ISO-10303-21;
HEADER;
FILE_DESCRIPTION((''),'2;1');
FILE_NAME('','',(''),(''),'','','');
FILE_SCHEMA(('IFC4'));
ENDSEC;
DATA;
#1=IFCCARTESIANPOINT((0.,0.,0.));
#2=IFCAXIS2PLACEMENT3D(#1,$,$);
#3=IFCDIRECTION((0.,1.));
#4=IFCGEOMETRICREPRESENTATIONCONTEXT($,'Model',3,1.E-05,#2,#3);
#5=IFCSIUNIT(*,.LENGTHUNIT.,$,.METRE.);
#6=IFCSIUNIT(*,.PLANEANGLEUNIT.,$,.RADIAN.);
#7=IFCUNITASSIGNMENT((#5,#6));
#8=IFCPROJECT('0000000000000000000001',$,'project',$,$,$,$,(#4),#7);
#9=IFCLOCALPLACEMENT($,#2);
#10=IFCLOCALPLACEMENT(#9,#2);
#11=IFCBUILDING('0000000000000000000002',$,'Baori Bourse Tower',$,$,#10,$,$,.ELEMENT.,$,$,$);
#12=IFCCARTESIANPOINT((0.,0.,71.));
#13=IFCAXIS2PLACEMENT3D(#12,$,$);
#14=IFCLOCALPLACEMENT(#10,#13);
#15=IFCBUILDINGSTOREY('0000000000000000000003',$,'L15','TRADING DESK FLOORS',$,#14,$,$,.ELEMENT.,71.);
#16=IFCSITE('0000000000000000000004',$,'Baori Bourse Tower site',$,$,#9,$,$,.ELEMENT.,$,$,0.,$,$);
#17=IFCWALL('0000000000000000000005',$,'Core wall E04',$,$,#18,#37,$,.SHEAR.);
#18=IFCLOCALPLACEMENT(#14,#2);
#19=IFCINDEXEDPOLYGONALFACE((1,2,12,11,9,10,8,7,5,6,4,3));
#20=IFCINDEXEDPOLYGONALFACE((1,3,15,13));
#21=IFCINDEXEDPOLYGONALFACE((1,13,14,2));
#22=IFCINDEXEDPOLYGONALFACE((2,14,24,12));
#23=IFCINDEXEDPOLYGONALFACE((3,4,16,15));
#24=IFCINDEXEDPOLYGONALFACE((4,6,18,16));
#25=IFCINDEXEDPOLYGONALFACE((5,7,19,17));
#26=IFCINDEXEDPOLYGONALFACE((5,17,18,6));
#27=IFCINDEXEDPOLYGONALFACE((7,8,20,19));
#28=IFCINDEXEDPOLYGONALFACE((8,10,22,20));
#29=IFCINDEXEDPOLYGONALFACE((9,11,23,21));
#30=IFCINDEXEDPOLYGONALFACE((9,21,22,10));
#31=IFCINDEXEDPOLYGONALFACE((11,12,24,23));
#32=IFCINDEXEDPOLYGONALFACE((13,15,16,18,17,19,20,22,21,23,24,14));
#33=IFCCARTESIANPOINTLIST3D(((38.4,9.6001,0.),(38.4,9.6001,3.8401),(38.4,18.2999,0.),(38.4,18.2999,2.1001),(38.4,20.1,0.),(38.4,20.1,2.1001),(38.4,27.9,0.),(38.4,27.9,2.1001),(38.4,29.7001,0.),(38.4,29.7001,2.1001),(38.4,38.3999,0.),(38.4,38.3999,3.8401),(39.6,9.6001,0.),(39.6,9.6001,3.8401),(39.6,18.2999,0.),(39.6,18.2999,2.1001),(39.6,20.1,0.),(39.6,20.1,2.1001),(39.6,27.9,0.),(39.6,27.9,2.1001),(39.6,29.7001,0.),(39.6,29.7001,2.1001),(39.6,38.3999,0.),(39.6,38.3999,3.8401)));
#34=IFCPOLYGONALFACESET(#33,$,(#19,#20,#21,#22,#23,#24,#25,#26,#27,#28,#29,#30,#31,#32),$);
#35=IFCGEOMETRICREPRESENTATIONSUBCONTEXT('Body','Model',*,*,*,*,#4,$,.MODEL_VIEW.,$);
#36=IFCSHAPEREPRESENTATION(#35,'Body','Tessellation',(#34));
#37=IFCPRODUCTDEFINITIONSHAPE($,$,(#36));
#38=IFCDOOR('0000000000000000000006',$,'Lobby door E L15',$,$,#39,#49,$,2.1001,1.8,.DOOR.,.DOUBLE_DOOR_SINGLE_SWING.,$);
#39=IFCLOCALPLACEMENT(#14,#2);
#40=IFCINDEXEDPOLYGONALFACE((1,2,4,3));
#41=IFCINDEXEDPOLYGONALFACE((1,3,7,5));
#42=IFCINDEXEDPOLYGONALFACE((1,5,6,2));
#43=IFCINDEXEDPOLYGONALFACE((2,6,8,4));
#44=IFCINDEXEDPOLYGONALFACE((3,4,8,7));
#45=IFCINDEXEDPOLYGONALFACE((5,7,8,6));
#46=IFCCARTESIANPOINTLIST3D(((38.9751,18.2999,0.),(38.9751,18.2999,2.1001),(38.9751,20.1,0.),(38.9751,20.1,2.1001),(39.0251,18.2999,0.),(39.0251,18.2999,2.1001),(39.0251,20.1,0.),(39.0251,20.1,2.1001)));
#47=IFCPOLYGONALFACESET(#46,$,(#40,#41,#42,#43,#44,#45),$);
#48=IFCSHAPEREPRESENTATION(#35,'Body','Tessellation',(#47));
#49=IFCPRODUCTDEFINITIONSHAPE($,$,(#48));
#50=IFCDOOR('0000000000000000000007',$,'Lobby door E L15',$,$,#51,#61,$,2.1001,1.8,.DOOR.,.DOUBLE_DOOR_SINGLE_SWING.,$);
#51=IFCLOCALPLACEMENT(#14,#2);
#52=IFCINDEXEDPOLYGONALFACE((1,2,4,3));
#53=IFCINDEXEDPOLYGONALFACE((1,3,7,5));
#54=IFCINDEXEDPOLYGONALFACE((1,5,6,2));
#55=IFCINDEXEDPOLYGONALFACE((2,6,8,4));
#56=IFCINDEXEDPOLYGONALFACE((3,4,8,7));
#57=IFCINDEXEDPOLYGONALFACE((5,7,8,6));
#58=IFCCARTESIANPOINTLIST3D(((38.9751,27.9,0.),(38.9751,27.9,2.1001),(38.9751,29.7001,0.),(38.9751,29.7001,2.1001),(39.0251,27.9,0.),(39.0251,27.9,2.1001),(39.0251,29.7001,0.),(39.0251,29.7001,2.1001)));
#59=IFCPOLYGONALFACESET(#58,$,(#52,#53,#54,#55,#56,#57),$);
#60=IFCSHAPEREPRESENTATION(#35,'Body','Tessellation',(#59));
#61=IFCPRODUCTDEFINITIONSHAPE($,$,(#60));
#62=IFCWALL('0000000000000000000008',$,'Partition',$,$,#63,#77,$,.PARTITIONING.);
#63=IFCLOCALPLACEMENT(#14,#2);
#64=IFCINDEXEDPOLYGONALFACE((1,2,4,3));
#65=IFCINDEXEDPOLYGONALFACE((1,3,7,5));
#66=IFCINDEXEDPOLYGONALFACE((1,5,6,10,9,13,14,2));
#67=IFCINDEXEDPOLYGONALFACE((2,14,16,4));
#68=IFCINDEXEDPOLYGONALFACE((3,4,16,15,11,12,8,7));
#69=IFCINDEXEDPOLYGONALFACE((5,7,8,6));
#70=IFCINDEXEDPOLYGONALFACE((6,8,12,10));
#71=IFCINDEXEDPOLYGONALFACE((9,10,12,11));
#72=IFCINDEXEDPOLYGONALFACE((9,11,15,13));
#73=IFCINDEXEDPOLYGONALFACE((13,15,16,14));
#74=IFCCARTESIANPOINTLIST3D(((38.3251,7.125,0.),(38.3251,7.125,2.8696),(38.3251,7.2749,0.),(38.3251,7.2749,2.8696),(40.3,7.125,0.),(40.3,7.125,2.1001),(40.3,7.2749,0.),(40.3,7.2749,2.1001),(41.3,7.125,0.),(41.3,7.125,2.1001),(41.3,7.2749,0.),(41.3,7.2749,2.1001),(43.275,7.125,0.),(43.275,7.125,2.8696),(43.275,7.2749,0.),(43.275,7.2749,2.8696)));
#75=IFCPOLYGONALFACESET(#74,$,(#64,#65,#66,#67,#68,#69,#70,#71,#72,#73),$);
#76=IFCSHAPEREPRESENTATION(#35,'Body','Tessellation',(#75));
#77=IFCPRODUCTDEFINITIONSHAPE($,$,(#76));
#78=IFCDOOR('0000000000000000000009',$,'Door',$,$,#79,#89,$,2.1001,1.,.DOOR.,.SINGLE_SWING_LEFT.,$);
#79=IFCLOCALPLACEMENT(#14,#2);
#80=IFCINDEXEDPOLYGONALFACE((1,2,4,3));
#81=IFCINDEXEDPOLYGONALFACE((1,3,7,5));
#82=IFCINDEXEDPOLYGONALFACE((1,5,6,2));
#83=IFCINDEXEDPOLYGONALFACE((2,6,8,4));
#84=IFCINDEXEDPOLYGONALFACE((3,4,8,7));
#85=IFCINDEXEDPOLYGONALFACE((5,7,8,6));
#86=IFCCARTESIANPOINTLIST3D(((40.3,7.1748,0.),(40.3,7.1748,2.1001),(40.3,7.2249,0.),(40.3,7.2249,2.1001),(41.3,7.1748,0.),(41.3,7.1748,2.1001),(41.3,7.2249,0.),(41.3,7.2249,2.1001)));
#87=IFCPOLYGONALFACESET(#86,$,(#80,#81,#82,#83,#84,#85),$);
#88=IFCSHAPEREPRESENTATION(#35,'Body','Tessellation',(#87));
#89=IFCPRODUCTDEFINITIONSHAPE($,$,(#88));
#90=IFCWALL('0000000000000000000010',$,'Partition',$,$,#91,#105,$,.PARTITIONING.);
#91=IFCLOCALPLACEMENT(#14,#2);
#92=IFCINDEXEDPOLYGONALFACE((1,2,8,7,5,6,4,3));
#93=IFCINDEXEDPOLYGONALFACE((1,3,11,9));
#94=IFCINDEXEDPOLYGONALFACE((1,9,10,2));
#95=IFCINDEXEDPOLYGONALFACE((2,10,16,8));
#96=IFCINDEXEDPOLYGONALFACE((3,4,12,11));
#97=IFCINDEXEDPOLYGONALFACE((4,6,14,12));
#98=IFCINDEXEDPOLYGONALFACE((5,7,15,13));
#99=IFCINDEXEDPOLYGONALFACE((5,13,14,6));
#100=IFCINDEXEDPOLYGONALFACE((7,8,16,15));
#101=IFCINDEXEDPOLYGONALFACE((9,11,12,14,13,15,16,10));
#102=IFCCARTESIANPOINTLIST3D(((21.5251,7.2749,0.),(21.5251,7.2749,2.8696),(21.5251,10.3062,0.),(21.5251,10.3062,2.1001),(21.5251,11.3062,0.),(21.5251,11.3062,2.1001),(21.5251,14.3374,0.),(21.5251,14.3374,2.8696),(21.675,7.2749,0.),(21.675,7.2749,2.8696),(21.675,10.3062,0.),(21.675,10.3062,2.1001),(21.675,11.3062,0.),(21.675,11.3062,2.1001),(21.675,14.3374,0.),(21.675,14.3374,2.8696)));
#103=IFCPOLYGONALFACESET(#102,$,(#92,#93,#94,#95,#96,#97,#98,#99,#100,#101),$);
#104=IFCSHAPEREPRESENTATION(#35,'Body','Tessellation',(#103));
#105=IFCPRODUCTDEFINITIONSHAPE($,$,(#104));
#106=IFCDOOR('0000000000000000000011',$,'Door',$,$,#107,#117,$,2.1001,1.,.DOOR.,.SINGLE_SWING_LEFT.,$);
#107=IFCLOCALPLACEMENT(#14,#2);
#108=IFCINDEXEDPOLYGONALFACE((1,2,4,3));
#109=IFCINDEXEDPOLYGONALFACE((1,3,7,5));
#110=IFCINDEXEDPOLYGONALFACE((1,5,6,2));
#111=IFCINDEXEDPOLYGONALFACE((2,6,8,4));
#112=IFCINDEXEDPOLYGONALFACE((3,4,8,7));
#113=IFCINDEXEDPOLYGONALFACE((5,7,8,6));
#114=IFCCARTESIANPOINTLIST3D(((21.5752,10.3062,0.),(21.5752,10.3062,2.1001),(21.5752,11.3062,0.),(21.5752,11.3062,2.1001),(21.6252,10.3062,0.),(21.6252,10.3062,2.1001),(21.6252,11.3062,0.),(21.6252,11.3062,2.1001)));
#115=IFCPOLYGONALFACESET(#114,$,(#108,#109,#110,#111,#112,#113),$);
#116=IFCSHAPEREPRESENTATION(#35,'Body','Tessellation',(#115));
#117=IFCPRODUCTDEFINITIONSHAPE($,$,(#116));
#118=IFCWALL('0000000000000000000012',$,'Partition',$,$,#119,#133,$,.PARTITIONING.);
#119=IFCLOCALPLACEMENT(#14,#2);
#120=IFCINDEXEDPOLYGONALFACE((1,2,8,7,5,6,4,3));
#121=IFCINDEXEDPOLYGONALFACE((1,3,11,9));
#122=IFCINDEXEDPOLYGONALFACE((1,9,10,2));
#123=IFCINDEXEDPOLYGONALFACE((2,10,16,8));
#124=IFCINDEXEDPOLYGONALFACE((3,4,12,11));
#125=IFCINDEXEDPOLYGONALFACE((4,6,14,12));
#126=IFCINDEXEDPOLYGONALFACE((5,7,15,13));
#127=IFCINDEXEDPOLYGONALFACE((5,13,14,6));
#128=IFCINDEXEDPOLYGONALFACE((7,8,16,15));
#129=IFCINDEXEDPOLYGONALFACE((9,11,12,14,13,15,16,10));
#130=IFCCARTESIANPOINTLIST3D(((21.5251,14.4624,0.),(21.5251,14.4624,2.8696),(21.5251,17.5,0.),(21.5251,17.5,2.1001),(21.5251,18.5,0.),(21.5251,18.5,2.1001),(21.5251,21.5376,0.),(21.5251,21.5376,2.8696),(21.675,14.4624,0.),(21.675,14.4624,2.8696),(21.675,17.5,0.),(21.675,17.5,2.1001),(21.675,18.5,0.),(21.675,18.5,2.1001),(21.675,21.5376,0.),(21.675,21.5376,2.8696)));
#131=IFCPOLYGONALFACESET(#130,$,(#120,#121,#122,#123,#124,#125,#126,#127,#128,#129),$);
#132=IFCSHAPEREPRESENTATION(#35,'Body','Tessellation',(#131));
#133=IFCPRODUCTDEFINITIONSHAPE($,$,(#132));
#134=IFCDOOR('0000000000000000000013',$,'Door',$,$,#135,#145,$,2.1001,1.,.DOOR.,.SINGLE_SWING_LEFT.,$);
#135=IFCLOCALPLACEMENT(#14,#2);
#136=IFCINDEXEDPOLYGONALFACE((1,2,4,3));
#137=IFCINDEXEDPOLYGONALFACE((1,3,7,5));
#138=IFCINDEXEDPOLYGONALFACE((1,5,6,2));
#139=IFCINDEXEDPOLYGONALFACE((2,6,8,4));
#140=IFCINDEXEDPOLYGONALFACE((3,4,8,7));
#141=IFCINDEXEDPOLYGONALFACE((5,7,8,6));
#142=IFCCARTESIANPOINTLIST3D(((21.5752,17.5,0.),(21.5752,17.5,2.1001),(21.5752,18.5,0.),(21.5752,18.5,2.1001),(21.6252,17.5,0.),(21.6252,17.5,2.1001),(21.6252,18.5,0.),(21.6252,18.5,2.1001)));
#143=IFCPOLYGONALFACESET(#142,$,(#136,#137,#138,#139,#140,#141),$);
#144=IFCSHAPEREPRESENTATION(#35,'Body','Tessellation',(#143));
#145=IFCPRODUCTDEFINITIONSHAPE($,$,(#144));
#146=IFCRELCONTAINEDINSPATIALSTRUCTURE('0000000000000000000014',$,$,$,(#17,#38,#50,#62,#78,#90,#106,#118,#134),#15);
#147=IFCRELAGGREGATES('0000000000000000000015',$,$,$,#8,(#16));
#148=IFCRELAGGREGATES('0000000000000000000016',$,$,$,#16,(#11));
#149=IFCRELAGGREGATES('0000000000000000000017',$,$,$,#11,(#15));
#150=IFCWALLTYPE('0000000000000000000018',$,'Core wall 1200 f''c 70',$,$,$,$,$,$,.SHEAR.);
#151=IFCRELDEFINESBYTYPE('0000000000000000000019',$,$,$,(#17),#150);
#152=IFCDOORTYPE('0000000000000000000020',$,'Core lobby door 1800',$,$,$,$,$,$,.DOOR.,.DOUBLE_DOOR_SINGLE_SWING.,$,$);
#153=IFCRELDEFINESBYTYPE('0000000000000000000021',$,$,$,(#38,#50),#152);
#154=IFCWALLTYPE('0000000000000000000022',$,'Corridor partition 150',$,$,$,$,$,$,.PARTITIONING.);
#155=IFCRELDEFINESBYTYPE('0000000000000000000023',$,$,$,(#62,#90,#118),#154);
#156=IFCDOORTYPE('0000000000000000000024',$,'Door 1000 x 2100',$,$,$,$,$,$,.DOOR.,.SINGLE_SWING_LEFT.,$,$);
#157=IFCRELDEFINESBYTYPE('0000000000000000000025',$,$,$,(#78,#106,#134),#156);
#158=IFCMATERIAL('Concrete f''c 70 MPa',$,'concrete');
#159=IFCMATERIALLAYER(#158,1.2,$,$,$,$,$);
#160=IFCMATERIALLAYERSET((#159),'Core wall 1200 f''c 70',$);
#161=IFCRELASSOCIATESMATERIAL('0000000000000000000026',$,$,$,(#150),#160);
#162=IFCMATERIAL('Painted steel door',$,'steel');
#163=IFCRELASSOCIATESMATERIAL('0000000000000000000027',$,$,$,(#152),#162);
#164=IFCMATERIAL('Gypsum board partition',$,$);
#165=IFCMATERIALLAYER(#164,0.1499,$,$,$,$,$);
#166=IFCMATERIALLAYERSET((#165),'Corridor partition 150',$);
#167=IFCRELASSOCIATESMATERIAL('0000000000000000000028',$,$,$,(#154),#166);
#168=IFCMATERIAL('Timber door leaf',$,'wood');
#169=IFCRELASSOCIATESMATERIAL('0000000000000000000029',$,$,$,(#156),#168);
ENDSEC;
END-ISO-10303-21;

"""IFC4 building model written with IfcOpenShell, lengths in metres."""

from ifc_helpers import new_model, si_unit, direction, frame, frame_2d, origin, place, context, subcontext, project, spatial, rectangle, extrude, material, layer, layer_set, type_object, element, fill, save


model = new_model("IFC4")

# Units and contexts
model_context = context("Model", 3, precision=1e-05, world=origin(), true_north=direction((0.0, 1.0)))
body_context = subcontext(model_context, "Body", "Model", "MODEL_VIEW")
ifc_project = project(units=[si_unit("LENGTHUNIT", "METRE"), si_unit("PLANEANGLEUNIT", "RADIAN")], contexts=[model_context])

# Site, building, storey
site_placement = place(None, origin())
site = spatial("IfcSite", under=ifc_project, at=site_placement, Name="Baori Bourse Tower site", CompositionType="ELEMENT", RefElevation=0.0)
building_placement = place(site_placement, origin())
building = spatial("IfcBuilding", under=site, at=building_placement, Name="Baori Bourse Tower", CompositionType="ELEMENT")
storey_placement = place(building_placement, frame((0.0, 0.0, 71.0)))
storey = spatial("IfcBuildingStorey", under=building, at=storey_placement, Name="L15", Description="TRADING DESK FLOORS", CompositionType="ELEMENT", Elevation=71.0)

# Wall, openings, doors
ifc_material_1 = material(Name="Concrete f'c 70 MPa", Category="concrete")
ifc_layer_1 = layer(ifc_material_1, 1.2)
ifc_layer_set_1 = layer_set([ifc_layer_1], Name="Core wall 1200 f'c 70")
wall_type_1 = type_object("IfcWallType", Name="Core wall 1200 f'c 70", PredefinedType="SHEAR", material=ifc_layer_set_1)
wall_1_placement = place(storey_placement, frame((39.0, 9.6001, 0.0), z_axis=(0.0, 0.0, 1.0), x_axis=(0.0, 1.0, 0.0)))
wall_1 = element("IfcWall", 1, at=wall_1_placement, inside=storey, type_object=wall_type_1, Name="Core wall E04", PredefinedType="SHEAR", context=body_context, shape_type="SweptSolid", body=[
    extrude(rectangle(XDim=28.7998, YDim=1.2, at=frame_2d((14.3999, 0.0))), origin(), (0.0, 0.0, 1.0), 3.8401),
])
opening_1_placement = place(wall_1_placement, frame((8.7, 0.0, 0.0)))
opening_1 = element("IfcOpeningElement", 2, at=opening_1_placement, cuts=wall_1, PredefinedType="OPENING", context=body_context, shape_type="SweptSolid", body=[
    extrude(rectangle(XDim=1.8, YDim=2.1001, at=frame_2d((0.8999, 1.05))), frame((0.0, 0.6099, 0.0), z_axis=(0.0, -1.0, 0.0), x_axis=(1.0, 0.0, 0.0)), (0.0, 0.0, 1.0), 1.22),
])
opening_2_placement = place(wall_1_placement, frame((18.3, 0.0, 0.0)))
opening_2 = element("IfcOpeningElement", 3, at=opening_2_placement, cuts=wall_1, PredefinedType="OPENING", context=body_context, shape_type="SweptSolid", body=[
    extrude(rectangle(XDim=1.8, YDim=2.1001, at=frame_2d((0.8999, 1.05))), frame((0.0, 0.6099, 0.0), z_axis=(0.0, -1.0, 0.0), x_axis=(1.0, 0.0, 0.0)), (0.0, 0.0, 1.0), 1.22),
])
ifc_material_2 = material(Name="Painted steel door", Category="steel")
door_type_1 = type_object("IfcDoorType", Name="Core lobby door 1800", OperationType="DOUBLE_DOOR_SINGLE_SWING", PredefinedType="DOOR", material=ifc_material_2)
door_1_placement = place(opening_1_placement, origin())
door_1 = element("IfcDoor", 4, at=door_1_placement, inside=storey, type_object=door_type_1, Name="Lobby door E L15", OperationType="DOUBLE_DOOR_SINGLE_SWING", OverallHeight=2.1001, OverallWidth=1.8, PredefinedType="DOOR", context=body_context, shape_type="SweptSolid", body=[
    extrude(rectangle(XDim=1.8, YDim=2.1001, at=frame_2d((0.8999, 1.05))), frame((0.0, 0.0249, 0.0), z_axis=(0.0, -1.0, 0.0), x_axis=(1.0, 0.0, 0.0)), (0.0, 0.0, 1.0), 0.05),
])
fill(opening_1, door_1)
door_2_placement = place(opening_2_placement, origin())
door_2 = element("IfcDoor", 5, at=door_2_placement, inside=storey, type_object=door_type_1, Name="Lobby door E L15", OperationType="DOUBLE_DOOR_SINGLE_SWING", OverallHeight=2.1001, OverallWidth=1.8, PredefinedType="DOOR", context=body_context, shape_type="SweptSolid", body=[
    extrude(rectangle(XDim=1.8, YDim=2.1001, at=frame_2d((0.8999, 1.05))), frame((0.0, 0.0249, 0.0), z_axis=(0.0, -1.0, 0.0), x_axis=(1.0, 0.0, 0.0)), (0.0, 0.0, 1.0), 0.05),
])
fill(opening_2, door_2)

# Walls, openings, doors
ifc_material_3 = material(Name="Gypsum board partition")
ifc_layer_2 = layer(ifc_material_3, 0.1499)
ifc_layer_set_2 = layer_set([ifc_layer_2], Name="Corridor partition 150")
wall_type_2 = type_object("IfcWallType", Name="Corridor partition 150", PredefinedType="PARTITIONING", material=ifc_layer_set_2)
wall_2_placement = place(storey_placement, frame((38.325, 7.2, 0.0), z_axis=(0.0, 0.0, 1.0), x_axis=(1.0, 0.0, 0.0)))
wall_2 = element("IfcWall", 6, at=wall_2_placement, inside=storey, type_object=wall_type_2, Name="Partition", PredefinedType="PARTITIONING", context=body_context, shape_type="SweptSolid", body=[
    extrude(rectangle(XDim=4.95, YDim=0.1499, at=frame_2d((2.4751, 0.0))), origin(), (0.0, 0.0, 1.0), 2.8696),
])
opening_3_placement = place(wall_2_placement, frame((1.9751, 0.0, 0.0)))
opening_3 = element("IfcOpeningElement", 7, at=opening_3_placement, cuts=wall_2, PredefinedType="OPENING", context=body_context, shape_type="SweptSolid", body=[
    extrude(rectangle(XDim=1.0, YDim=2.1001, at=frame_2d((0.5, 1.05))), frame((0.0, 0.085, 0.0), z_axis=(0.0, -1.0, 0.0), x_axis=(1.0, 0.0, 0.0)), (0.0, 0.0, 1.0), 0.1699),
])
ifc_material_4 = material(Name="Timber door leaf", Category="wood")
door_type_2 = type_object("IfcDoorType", Name="Door 1000 x 2100", OperationType="SINGLE_SWING_LEFT", PredefinedType="DOOR", material=ifc_material_4)
door_3_placement = place(opening_3_placement, origin())
door_3 = element("IfcDoor", 8, at=door_3_placement, inside=storey, type_object=door_type_2, Name="Door", OperationType="SINGLE_SWING_LEFT", OverallHeight=2.1001, OverallWidth=1.0, PredefinedType="DOOR", context=body_context, shape_type="SweptSolid", body=[
    extrude(rectangle(XDim=1.0, YDim=2.1001, at=frame_2d((0.5, 1.05))), frame((0.0, 0.0249, 0.0), z_axis=(0.0, -1.0, 0.0), x_axis=(1.0, 0.0, 0.0)), (0.0, 0.0, 1.0), 0.05),
])
fill(opening_3, door_3)
wall_3_placement = place(storey_placement, frame((21.6001, 7.2749, 0.0), z_axis=(0.0, 0.0, 1.0), x_axis=(0.0, 1.0, 0.0)))
wall_3 = element("IfcWall", 9, at=wall_3_placement, inside=storey, type_object=wall_type_2, Name="Partition", PredefinedType="PARTITIONING", context=body_context, shape_type="SweptSolid", body=[
    extrude(rectangle(XDim=7.0625, YDim=0.1499, at=frame_2d((3.5312, 0.0))), origin(), (0.0, 0.0, 1.0), 2.8696),
])
opening_4_placement = place(wall_3_placement, frame((3.0312, 0.0, 0.0)))
opening_4 = element("IfcOpeningElement", 10, at=opening_4_placement, cuts=wall_3, PredefinedType="OPENING", context=body_context, shape_type="SweptSolid", body=[
    extrude(rectangle(XDim=1.0, YDim=2.1001, at=frame_2d((0.5, 1.05))), frame((0.0, 0.085, 0.0), z_axis=(0.0, -1.0, 0.0), x_axis=(1.0, 0.0, 0.0)), (0.0, 0.0, 1.0), 0.1699),
])
door_4_placement = place(opening_4_placement, origin())
door_4 = element("IfcDoor", 11, at=door_4_placement, inside=storey, type_object=door_type_2, Name="Door", OperationType="SINGLE_SWING_LEFT", OverallHeight=2.1001, OverallWidth=1.0, PredefinedType="DOOR", context=body_context, shape_type="SweptSolid", body=[
    extrude(rectangle(XDim=1.0, YDim=2.1001, at=frame_2d((0.5, 1.05))), frame((0.0, 0.0249, 0.0), z_axis=(0.0, -1.0, 0.0), x_axis=(1.0, 0.0, 0.0)), (0.0, 0.0, 1.0), 0.05),
])
fill(opening_4, door_4)
wall_4_placement = place(storey_placement, frame((21.6001, 14.4624, 0.0), z_axis=(0.0, 0.0, 1.0), x_axis=(0.0, 1.0, 0.0)))
wall_4 = element("IfcWall", 12, at=wall_4_placement, inside=storey, type_object=wall_type_2, Name="Partition", PredefinedType="PARTITIONING", context=body_context, shape_type="SweptSolid", body=[
    extrude(rectangle(XDim=7.0752, YDim=0.1499, at=frame_2d((3.5376, 0.0))), origin(), (0.0, 0.0, 1.0), 2.8696),
])
opening_5_placement = place(wall_4_placement, frame((3.0376, 0.0, 0.0)))
opening_5 = element("IfcOpeningElement", 13, at=opening_5_placement, cuts=wall_4, PredefinedType="OPENING", context=body_context, shape_type="SweptSolid", body=[
    extrude(rectangle(XDim=1.0, YDim=2.1001, at=frame_2d((0.5, 1.05))), frame((0.0, 0.085, 0.0), z_axis=(0.0, -1.0, 0.0), x_axis=(1.0, 0.0, 0.0)), (0.0, 0.0, 1.0), 0.1699),
])
door_5_placement = place(opening_5_placement, origin())
door_5 = element("IfcDoor", 14, at=door_5_placement, inside=storey, type_object=door_type_2, Name="Door", OperationType="SINGLE_SWING_LEFT", OverallHeight=2.1001, OverallWidth=1.0, PredefinedType="DOOR", context=body_context, shape_type="SweptSolid", body=[
    extrude(rectangle(XDim=1.0, YDim=2.1001, at=frame_2d((0.5, 1.05))), frame((0.0, 0.0249, 0.0), z_axis=(0.0, -1.0, 0.0), x_axis=(1.0, 0.0, 0.0)), (0.0, 0.0, 1.0), 0.05),
])
fill(opening_5, door_5)

save(model, "model.ifc")
